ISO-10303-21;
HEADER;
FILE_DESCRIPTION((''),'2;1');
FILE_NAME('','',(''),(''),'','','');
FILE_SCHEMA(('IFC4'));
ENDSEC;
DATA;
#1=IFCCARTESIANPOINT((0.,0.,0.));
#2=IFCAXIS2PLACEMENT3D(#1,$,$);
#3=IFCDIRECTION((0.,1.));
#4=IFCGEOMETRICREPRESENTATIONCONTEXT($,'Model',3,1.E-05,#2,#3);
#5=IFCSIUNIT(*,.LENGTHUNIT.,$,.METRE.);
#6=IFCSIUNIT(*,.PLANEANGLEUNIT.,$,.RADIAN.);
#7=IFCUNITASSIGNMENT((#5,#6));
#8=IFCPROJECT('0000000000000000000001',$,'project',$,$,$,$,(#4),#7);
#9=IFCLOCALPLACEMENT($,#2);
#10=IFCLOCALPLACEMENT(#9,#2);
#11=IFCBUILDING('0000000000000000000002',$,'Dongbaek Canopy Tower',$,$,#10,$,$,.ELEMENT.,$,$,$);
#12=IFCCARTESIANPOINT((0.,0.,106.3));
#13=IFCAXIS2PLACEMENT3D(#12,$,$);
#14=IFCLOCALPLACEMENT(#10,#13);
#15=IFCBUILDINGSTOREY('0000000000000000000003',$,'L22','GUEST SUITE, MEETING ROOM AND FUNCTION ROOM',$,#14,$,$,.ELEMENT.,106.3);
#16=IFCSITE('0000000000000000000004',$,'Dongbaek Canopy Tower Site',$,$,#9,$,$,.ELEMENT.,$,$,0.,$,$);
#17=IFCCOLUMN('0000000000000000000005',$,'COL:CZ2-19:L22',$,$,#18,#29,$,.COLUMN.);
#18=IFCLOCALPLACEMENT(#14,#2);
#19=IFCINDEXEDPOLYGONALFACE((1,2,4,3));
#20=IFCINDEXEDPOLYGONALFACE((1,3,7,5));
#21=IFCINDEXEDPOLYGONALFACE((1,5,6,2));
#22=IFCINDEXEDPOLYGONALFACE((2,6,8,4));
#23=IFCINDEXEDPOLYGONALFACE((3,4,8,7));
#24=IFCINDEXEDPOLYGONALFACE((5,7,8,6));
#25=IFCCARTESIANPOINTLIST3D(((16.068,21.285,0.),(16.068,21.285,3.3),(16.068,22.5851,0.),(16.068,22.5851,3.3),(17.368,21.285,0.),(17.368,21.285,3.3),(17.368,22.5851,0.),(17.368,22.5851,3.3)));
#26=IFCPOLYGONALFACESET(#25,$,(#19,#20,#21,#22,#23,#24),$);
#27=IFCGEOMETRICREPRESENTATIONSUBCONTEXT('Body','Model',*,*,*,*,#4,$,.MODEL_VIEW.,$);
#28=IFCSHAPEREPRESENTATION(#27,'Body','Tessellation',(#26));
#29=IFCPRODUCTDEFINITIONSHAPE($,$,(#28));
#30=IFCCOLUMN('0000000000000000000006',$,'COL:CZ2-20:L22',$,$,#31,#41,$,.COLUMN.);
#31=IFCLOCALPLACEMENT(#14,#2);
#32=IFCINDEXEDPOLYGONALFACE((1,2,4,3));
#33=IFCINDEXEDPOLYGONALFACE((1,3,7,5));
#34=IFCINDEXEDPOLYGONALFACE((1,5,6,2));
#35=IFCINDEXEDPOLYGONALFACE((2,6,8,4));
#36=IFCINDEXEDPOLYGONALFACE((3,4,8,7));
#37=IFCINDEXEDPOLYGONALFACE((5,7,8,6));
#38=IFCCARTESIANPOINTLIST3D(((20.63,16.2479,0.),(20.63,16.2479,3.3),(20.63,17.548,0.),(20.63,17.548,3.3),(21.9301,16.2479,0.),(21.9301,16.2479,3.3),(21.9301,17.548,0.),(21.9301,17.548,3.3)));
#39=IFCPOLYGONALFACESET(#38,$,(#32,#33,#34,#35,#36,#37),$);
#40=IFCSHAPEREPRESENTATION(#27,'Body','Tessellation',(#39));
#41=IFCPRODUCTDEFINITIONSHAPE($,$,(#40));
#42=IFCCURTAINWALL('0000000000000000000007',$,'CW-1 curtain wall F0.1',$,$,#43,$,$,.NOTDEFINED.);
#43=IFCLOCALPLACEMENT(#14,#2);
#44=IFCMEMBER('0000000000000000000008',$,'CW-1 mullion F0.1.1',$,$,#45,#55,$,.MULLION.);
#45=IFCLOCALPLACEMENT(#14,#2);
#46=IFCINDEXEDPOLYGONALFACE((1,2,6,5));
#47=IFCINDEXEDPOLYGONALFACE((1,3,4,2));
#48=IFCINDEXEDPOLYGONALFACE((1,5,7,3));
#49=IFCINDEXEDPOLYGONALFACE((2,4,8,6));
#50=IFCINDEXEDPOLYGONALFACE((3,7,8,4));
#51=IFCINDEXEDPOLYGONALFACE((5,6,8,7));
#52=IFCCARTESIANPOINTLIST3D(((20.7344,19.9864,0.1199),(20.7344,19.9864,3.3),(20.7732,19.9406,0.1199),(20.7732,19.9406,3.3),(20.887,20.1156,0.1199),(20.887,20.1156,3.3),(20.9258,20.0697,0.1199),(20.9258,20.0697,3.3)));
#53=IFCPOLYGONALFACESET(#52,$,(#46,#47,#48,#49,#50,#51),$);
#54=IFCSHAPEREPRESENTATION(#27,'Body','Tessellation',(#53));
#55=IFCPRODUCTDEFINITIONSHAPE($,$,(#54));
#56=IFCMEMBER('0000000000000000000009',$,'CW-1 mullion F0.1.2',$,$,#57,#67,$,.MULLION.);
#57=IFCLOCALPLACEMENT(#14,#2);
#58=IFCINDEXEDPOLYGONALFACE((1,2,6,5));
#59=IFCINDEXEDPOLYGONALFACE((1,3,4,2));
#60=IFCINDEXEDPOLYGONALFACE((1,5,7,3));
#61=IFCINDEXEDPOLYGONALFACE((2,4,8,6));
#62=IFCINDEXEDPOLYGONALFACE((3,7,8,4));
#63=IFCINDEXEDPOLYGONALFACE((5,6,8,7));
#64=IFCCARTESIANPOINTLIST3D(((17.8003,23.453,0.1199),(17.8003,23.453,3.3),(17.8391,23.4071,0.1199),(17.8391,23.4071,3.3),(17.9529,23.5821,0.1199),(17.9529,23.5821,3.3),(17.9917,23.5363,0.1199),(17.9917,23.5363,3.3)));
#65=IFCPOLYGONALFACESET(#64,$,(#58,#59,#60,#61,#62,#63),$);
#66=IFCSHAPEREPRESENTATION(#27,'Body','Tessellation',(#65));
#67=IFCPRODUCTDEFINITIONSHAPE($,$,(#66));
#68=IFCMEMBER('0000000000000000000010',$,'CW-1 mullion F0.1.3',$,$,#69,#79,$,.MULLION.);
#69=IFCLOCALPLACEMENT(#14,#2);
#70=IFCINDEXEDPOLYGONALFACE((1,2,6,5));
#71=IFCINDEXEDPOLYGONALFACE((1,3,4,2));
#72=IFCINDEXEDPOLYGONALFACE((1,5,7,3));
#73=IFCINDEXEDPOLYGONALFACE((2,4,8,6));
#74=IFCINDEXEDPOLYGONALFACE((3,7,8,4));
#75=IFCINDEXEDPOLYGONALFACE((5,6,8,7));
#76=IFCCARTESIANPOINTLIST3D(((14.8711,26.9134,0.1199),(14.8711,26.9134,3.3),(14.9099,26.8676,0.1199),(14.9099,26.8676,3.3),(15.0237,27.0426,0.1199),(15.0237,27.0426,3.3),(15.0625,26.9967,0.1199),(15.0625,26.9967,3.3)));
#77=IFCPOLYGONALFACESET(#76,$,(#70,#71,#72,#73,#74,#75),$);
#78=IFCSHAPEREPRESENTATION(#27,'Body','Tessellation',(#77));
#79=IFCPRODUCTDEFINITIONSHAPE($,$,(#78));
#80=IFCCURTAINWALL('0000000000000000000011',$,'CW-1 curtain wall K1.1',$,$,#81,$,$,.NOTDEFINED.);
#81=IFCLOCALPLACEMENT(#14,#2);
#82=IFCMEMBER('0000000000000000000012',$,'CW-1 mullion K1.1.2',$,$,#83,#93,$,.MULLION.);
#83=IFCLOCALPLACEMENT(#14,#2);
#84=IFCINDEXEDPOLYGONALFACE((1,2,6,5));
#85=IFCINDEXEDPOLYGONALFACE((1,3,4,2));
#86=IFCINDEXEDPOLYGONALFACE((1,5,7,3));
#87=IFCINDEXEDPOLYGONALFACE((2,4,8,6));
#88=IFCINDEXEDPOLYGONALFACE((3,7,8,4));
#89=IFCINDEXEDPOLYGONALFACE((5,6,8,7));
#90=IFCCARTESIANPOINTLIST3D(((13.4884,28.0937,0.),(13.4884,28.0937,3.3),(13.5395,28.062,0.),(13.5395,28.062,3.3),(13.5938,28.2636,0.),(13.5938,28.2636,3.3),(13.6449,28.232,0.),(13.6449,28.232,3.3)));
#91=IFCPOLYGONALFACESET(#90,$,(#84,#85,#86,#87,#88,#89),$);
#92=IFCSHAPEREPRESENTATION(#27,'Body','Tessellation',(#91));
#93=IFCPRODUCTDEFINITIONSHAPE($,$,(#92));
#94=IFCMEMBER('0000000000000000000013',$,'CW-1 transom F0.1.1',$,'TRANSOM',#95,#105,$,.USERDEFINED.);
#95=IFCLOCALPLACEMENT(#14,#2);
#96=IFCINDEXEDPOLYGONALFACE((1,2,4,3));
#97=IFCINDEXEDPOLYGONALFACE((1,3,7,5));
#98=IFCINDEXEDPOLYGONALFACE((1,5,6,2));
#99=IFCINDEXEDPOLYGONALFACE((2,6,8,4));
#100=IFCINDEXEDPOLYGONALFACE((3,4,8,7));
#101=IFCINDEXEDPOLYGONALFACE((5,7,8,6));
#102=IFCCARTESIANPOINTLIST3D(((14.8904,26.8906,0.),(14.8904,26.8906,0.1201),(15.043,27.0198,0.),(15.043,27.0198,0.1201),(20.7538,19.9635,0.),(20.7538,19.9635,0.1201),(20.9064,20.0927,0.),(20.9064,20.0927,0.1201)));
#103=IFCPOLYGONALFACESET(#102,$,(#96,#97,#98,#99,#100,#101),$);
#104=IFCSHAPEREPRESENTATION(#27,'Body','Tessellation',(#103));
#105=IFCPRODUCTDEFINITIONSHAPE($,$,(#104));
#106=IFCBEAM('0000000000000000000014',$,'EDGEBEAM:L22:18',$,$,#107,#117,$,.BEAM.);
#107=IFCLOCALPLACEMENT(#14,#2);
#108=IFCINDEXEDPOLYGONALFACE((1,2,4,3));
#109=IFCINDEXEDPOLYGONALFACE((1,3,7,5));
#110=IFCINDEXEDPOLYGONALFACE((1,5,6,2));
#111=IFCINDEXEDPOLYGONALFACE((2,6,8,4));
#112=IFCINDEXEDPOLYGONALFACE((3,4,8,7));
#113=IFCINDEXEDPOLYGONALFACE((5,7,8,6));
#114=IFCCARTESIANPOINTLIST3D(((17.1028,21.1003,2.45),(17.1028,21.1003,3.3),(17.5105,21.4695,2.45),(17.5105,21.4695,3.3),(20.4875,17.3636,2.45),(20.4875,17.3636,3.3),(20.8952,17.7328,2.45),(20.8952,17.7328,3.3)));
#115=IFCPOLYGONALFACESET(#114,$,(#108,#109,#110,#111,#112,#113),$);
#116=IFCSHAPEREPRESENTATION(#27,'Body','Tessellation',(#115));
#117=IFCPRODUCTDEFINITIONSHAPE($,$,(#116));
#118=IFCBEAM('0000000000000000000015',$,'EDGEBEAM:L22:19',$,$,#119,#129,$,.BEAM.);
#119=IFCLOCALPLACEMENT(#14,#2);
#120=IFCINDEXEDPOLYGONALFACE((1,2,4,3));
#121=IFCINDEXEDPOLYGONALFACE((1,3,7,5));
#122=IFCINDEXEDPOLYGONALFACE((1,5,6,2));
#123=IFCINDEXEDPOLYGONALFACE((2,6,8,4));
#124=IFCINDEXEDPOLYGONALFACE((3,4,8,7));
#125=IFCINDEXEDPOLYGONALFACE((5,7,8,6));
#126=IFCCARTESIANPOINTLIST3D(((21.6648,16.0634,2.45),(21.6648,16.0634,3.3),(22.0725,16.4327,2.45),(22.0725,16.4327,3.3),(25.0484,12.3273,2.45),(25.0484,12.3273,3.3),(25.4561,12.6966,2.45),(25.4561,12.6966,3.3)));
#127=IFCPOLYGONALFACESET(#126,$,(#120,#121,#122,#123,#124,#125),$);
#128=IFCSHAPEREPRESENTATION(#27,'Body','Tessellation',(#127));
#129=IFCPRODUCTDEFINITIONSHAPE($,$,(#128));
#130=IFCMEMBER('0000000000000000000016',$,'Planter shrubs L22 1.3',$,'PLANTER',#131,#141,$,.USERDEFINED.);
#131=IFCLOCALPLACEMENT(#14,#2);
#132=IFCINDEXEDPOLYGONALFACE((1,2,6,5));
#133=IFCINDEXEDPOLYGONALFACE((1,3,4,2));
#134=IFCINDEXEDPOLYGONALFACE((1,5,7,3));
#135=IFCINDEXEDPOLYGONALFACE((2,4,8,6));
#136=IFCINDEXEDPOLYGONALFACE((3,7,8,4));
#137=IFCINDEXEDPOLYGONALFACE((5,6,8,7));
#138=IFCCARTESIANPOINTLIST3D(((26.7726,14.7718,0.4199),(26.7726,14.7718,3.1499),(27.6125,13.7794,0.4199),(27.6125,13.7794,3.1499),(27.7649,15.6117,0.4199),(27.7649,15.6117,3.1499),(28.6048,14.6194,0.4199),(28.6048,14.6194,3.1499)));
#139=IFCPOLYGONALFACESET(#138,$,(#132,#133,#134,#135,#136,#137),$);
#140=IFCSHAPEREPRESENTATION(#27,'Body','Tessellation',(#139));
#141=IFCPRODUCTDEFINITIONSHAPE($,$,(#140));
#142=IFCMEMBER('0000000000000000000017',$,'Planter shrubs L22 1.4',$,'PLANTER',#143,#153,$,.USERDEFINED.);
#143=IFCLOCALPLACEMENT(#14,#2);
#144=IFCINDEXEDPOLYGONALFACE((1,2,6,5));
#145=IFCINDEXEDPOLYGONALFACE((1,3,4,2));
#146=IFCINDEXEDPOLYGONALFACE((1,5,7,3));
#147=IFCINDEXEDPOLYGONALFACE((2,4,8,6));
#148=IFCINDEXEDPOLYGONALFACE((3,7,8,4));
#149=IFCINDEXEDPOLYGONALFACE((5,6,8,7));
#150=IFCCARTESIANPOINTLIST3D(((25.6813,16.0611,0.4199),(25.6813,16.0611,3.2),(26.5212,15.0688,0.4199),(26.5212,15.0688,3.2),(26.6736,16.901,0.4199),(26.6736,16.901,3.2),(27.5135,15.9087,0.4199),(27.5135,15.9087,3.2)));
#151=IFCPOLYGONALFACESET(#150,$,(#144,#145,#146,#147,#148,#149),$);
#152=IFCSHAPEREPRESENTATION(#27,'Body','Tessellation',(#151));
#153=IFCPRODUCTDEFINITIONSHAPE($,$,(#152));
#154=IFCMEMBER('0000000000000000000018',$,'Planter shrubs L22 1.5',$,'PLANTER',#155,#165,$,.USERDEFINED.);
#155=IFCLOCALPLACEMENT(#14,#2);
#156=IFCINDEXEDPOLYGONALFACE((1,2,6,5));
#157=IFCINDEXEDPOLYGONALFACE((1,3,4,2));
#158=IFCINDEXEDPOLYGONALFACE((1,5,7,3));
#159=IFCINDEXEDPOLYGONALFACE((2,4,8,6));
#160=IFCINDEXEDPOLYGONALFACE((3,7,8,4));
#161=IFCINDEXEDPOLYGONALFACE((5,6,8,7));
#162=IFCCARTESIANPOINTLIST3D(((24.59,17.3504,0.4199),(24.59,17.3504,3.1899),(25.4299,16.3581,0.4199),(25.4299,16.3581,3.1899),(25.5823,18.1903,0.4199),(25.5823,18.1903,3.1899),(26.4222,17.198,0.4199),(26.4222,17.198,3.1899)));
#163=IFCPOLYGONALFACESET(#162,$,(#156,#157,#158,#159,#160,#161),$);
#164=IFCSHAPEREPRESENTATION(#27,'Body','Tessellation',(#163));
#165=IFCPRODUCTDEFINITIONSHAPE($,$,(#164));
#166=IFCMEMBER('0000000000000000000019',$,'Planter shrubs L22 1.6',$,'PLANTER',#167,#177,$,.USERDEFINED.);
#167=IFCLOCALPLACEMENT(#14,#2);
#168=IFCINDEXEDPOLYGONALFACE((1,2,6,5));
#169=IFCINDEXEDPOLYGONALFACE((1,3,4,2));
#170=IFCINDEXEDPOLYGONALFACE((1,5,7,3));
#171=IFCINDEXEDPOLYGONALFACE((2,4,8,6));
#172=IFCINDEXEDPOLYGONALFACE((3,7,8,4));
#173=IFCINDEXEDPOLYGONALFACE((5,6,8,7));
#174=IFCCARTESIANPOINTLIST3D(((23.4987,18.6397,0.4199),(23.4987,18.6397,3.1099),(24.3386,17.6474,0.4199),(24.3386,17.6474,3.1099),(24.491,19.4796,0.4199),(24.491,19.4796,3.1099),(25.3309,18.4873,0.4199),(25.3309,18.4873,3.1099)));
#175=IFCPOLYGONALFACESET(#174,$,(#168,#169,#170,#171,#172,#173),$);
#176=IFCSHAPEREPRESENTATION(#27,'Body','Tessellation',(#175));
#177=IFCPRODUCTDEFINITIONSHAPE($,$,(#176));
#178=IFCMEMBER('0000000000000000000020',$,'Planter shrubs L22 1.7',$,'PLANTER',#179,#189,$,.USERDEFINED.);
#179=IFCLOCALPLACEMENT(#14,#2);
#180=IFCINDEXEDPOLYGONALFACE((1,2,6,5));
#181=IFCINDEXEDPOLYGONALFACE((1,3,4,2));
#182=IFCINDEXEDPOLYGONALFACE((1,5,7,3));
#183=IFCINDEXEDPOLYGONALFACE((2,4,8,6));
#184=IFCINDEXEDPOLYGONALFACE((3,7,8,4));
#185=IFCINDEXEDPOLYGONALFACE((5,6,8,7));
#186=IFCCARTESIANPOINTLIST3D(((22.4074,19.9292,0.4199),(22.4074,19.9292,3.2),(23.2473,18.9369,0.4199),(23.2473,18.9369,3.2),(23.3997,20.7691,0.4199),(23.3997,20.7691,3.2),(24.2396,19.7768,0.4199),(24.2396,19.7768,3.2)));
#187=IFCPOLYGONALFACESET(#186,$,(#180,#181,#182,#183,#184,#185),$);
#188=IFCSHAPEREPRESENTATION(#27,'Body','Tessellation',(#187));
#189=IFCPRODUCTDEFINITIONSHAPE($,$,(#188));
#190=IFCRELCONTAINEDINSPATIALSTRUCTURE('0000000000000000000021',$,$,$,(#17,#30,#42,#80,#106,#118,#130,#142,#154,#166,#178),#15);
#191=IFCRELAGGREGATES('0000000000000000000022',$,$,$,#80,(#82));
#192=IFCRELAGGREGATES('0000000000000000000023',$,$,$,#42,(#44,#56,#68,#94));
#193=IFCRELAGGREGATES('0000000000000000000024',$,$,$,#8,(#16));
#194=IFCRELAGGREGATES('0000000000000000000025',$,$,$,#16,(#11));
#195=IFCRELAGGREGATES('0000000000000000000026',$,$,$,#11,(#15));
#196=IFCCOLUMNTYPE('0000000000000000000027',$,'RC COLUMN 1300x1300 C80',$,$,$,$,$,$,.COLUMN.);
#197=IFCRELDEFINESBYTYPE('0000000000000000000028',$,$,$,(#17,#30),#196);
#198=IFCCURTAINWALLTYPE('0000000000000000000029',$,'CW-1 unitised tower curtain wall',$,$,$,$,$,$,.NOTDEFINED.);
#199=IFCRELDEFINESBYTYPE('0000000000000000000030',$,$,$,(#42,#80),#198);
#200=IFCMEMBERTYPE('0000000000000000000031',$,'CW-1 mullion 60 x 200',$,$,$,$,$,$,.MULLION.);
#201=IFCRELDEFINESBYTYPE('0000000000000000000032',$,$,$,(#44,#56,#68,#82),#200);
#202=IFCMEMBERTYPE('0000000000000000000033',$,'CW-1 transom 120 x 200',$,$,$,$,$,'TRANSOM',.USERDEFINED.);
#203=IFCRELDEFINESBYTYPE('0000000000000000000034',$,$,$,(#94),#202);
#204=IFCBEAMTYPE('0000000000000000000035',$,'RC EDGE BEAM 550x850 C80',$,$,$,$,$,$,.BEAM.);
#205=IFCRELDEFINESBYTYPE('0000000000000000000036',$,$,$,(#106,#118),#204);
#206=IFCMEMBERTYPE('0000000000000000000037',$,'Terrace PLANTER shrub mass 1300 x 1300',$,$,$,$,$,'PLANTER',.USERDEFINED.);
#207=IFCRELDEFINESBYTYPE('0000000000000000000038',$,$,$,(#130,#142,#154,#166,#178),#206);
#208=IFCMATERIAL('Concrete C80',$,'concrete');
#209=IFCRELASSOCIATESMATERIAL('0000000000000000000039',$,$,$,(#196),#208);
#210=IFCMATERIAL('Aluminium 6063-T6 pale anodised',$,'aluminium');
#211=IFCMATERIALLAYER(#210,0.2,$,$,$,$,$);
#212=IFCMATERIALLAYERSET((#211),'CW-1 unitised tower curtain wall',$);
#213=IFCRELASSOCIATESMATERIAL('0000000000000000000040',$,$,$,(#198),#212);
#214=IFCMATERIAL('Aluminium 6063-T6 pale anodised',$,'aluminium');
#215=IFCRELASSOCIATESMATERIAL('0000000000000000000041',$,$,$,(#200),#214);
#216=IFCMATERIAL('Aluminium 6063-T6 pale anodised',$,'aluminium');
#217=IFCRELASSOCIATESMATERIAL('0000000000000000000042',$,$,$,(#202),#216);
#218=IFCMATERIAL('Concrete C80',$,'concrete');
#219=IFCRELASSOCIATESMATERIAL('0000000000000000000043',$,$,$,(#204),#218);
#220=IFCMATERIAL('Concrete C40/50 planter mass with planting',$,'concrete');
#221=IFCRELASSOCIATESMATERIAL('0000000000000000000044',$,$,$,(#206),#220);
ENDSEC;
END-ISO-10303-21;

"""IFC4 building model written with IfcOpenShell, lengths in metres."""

from ifc_helpers import new_model, si_unit, direction, frame, origin, origin_2d, place, context, subcontext, project, spatial, rectangle, extrude, material, layer, layer_set, material_profile, profile_set, type_object, element, aggregate, save


model = new_model("IFC4")

# Units and contexts
model_context = context("Model", 3, precision=1e-05, world=origin(), true_north=direction((0.0, 1.0)))
body_context = subcontext(model_context, "Body", "Model", "MODEL_VIEW")
ifc_project = project(units=[si_unit("LENGTHUNIT", "METRE"), si_unit("PLANEANGLEUNIT", "RADIAN")], contexts=[model_context])

# Site, building, storey
site_placement = place(None, origin())
site = spatial("IfcSite", under=ifc_project, at=site_placement, Name="Dongbaek Canopy Tower Site", CompositionType="ELEMENT", RefElevation=0.0)
building_placement = place(site_placement, origin())
building = spatial("IfcBuilding", under=site, at=building_placement, Name="Dongbaek Canopy Tower", CompositionType="ELEMENT")
storey_placement = place(building_placement, frame((0.0, 0.0, 106.3)))
storey = spatial("IfcBuildingStorey", under=building, at=storey_placement, Name="L22", Description="GUEST SUITE, MEETING ROOM AND FUNCTION ROOM", CompositionType="ELEMENT", Elevation=106.3)

# Columns
ifc_material_1 = material(Name="Concrete C80", Category="concrete")
ifc_material_profile_1 = material_profile(ifc_material_1, rectangle(XDim=1.3, YDim=1.3, at=origin_2d()), Name="RC COLUMN 1300x1300 C80")
ifc_profile_set_1 = profile_set([ifc_material_profile_1], Name="Concrete C80")
column_type = type_object("IfcColumnType", Name="RC COLUMN 1300x1300 C80", PredefinedType="COLUMN", material=ifc_profile_set_1)
for number, where, z_axis, x_axis, name in (
    (1, (16.718, 21.9351, 0.0), (0.0, 0.0, 1.0), (1.0, 0.0, 0.0), "COL:CZ2-19:L22"),
    (2, (21.28, 16.8979, 0.0), (0.0, 0.0, 1.0), (1.0, 0.0, 0.0), "COL:CZ2-20:L22"),
):
    element("IfcColumn", number, at=place(storey_placement, frame(where, z_axis=z_axis, x_axis=x_axis)), inside=storey, type_object=column_type, Name=name, PredefinedType="COLUMN", context=body_context, shape_type="SweptSolid", body=[
        extrude(rectangle(XDim=1.3, YDim=1.3, at=origin_2d()), origin(), (0.0, 0.0, 1.0), 3.3),
    ])

# Curtain wall, members
ifc_material_2 = material(Name="Aluminium 6063-T6 pale anodised", Category="aluminium")
ifc_layer_1 = layer(ifc_material_2, 0.2)
ifc_layer_set_1 = layer_set([ifc_layer_1], Name="CW-1 unitised tower curtain wall")
curtain_wall_type = type_object("IfcCurtainWallType", Name="CW-1 unitised tower curtain wall", PredefinedType="NOTDEFINED", material=ifc_layer_set_1)
curtain_wall_1_placement = place(storey_placement, origin())
curtain_wall_1 = element("IfcCurtainWall", 3, at=curtain_wall_1_placement, inside=storey, type_object=curtain_wall_type, Name="CW-1 curtain wall F0.1", PredefinedType="NOTDEFINED")
ifc_material_3 = material(Name="Aluminium 6063-T6 pale anodised", Category="aluminium")
ifc_material_profile_2 = material_profile(ifc_material_3, rectangle(XDim=0.2, YDim=0.0601, at=origin_2d()), Name="CW-1 mullion 60 x 200")
ifc_profile_set_2 = profile_set([ifc_material_profile_2], Name="Aluminium 6063-T6 pale anodised")
member_type_1 = type_object("IfcMemberType", Name="CW-1 mullion 60 x 200", PredefinedType="MULLION", material=ifc_profile_set_2)
member_1_placement = place(storey_placement, frame((20.8301, 20.0281, 0.1199), z_axis=(0.0, 0.0, 1.0), x_axis=(0.76329, 0.646056, 0.0)))
member_1 = element("IfcMember", 4, at=member_1_placement, type_object=member_type_1, Name="CW-1 mullion F0.1.1", PredefinedType="MULLION", context=body_context, shape_type="SweptSolid", body=[
    extrude(rectangle(XDim=0.2, YDim=0.0601, at=origin_2d()), origin(), (0.0, 0.0, 1.0), 3.1802),
])
member_2_placement = place(storey_placement, frame((17.896, 23.4946, 0.1199), z_axis=(0.0, 0.0, 1.0), x_axis=(0.76329, 0.646056, 0.0)))
member_2 = element("IfcMember", 5, at=member_2_placement, type_object=member_type_1, Name="CW-1 mullion F0.1.2", PredefinedType="MULLION", context=body_context, shape_type="SweptSolid", body=[
    extrude(rectangle(XDim=0.2, YDim=0.0601, at=origin_2d()), origin(), (0.0, 0.0, 1.0), 3.1802),
])
member_3_placement = place(storey_placement, frame((14.9668, 26.9551, 0.1199), z_axis=(0.0, 0.0, 1.0), x_axis=(0.76329, 0.646056, 0.0)))
member_3 = element("IfcMember", 6, at=member_3_placement, type_object=member_type_1, Name="CW-1 mullion F0.1.3", PredefinedType="MULLION", context=body_context, shape_type="SweptSolid", body=[
    extrude(rectangle(XDim=0.2, YDim=0.0601, at=origin_2d()), origin(), (0.0, 0.0, 1.0), 3.1802),
])

# Curtain wall, member
curtain_wall_2_placement = place(storey_placement, origin())
curtain_wall_2 = element("IfcCurtainWall", 7, at=curtain_wall_2_placement, inside=storey, type_object=curtain_wall_type, Name="CW-1 curtain wall K1.1", PredefinedType="NOTDEFINED")
member_4_placement = place(storey_placement, frame((13.5667, 28.1628, 0.0), z_axis=(0.0, 0.0, 1.0), x_axis=(0.526936, 0.849905, 0.0)))
member_4 = element("IfcMember", 8, at=member_4_placement, type_object=member_type_1, Name="CW-1 mullion K1.1.2", PredefinedType="MULLION", context=body_context, shape_type="SweptSolid", body=[
    extrude(rectangle(XDim=0.2, YDim=0.0601, at=origin_2d()), origin(), (0.0, 0.0, 1.0), 3.3),
])

# Member
ifc_material_4 = material(Name="Aluminium 6063-T6 pale anodised", Category="aluminium")
ifc_material_profile_3 = material_profile(ifc_material_4, rectangle(XDim=0.2, YDim=0.1201, at=origin_2d()), Name="CW-1 transom 120 x 200")
ifc_profile_set_3 = profile_set([ifc_material_profile_3], Name="Aluminium 6063-T6 pale anodised")
member_type_2 = type_object("IfcMemberType", Name="CW-1 transom 120 x 200", ElementType="TRANSOM", PredefinedType="USERDEFINED", material=ifc_profile_set_3)
member_5_placement = place(storey_placement, frame((20.8301, 20.0281, 0.0601), z_axis=(-0.646069, 0.763279, 0.0), x_axis=(-0.763279, -0.646069, 0.0)))
member_5 = element("IfcMember", 9, at=member_5_placement, type_object=member_type_2, Name="CW-1 transom F0.1.1", ObjectType="TRANSOM", PredefinedType="USERDEFINED", context=body_context, shape_type="SweptSolid", body=[
    extrude(rectangle(XDim=0.2, YDim=0.1201, at=origin_2d()), origin(), (0.0, 0.0, 1.0), 9.0754),
])

# Beams
ifc_material_5 = material(Name="Concrete C80", Category="concrete")
ifc_material_profile_4 = material_profile(ifc_material_5, rectangle(XDim=0.55, YDim=0.8501, at=origin_2d()), Name="RC EDGE BEAM 550x850 C80")
ifc_profile_set_4 = profile_set([ifc_material_profile_4], Name="Concrete C80")
beam_type = type_object("IfcBeamType", Name="RC EDGE BEAM 550x850 C80", PredefinedType="BEAM", material=ifc_profile_set_4)
beam_1_placement = place(storey_placement, frame((17.3066, 21.2849, 2.875), z_axis=(0.671332, -0.741157, 0.0), x_axis=(0.741157, 0.671332, 0.0)))
element("IfcBeam", 10, at=beam_1_placement, inside=storey, type_object=beam_type, Name="EDGEBEAM:L22:18", PredefinedType="BEAM", context=body_context, shape_type="SweptSolid", body=[
    extrude(rectangle(XDim=0.55, YDim=0.8501, at=origin_2d()), origin(), (0.0, 0.0, 1.0), 5.0417),
])
beam_2_placement = place(storey_placement, frame((21.8687, 16.248, 2.875), z_axis=(0.671271, -0.741212, 0.0), x_axis=(0.741212, 0.671271, 0.0)))
element("IfcBeam", 11, at=beam_2_placement, inside=storey, type_object=beam_type, Name="EDGEBEAM:L22:19", PredefinedType="BEAM", context=body_context, shape_type="SweptSolid", body=[
    extrude(rectangle(XDim=0.55, YDim=0.8501, at=origin_2d()), origin(), (0.0, 0.0, 1.0), 5.0405),
])

# Members
ifc_material_6 = material(Name="Concrete C40/50 planter mass with planting", Category="concrete")
ifc_material_profile_5 = material_profile(ifc_material_6, rectangle(XDim=1.3, YDim=1.3, at=origin_2d()), Name="Terrace PLANTER shrub mass 1300 x 1300")
ifc_profile_set_5 = profile_set([ifc_material_profile_5], Name="Concrete C40/50 planter mass with planting")
member_type_3 = type_object("IfcMemberType", Name="Terrace PLANTER shrub mass 1300 x 1300", ElementType="PLANTER", PredefinedType="USERDEFINED", material=ifc_profile_set_5)
member_6_placement = place(storey_placement, frame((27.6887, 14.6956, 0.4199), z_axis=(0.0, 0.0, 1.0), x_axis=(0.76329, 0.646056, 0.0)))
element("IfcMember", 12, at=member_6_placement, inside=storey, type_object=member_type_3, Name="Planter shrubs L22 1.3", ObjectType="PLANTER", PredefinedType="USERDEFINED", context=body_context, shape_type="SweptSolid", body=[
    extrude(rectangle(XDim=1.3, YDim=1.3, at=origin_2d()), origin(), (0.0, 0.0, 1.0), 2.73),
])
member_7_placement = place(storey_placement, frame((26.5974, 15.9849, 0.4199), z_axis=(0.0, 0.0, 1.0), x_axis=(0.76329, 0.646056, 0.0)))
element("IfcMember", 13, at=member_7_placement, inside=storey, type_object=member_type_3, Name="Planter shrubs L22 1.4", ObjectType="PLANTER", PredefinedType="USERDEFINED", context=body_context, shape_type="SweptSolid", body=[
    extrude(rectangle(XDim=1.3, YDim=1.3, at=origin_2d()), origin(), (0.0, 0.0, 1.0), 2.78),
])
member_8_placement = place(storey_placement, frame((25.5061, 17.2742, 0.4199), z_axis=(0.0, 0.0, 1.0), x_axis=(0.76329, 0.646056, 0.0)))
element("IfcMember", 14, at=member_8_placement, inside=storey, type_object=member_type_3, Name="Planter shrubs L22 1.5", ObjectType="PLANTER", PredefinedType="USERDEFINED", context=body_context, shape_type="SweptSolid", body=[
    extrude(rectangle(XDim=1.3, YDim=1.3, at=origin_2d()), origin(), (0.0, 0.0, 1.0), 2.77),
])
member_9_placement = place(storey_placement, frame((24.4148, 18.5635, 0.4199), z_axis=(0.0, 0.0, 1.0), x_axis=(0.76329, 0.646056, 0.0)))
element("IfcMember", 15, at=member_9_placement, inside=storey, type_object=member_type_3, Name="Planter shrubs L22 1.6", ObjectType="PLANTER", PredefinedType="USERDEFINED", context=body_context, shape_type="SweptSolid", body=[
    extrude(rectangle(XDim=1.3, YDim=1.3, at=origin_2d()), origin(), (0.0, 0.0, 1.0), 2.6899),
])
member_10_placement = place(storey_placement, frame((23.3235, 19.853, 0.4199), z_axis=(0.0, 0.0, 1.0), x_axis=(0.76329, 0.646056, 0.0)))
element("IfcMember", 16, at=member_10_placement, inside=storey, type_object=member_type_3, Name="Planter shrubs L22 1.7", ObjectType="PLANTER", PredefinedType="USERDEFINED", context=body_context, shape_type="SweptSolid", body=[
    extrude(rectangle(XDim=1.3, YDim=1.3, at=origin_2d()), origin(), (0.0, 0.0, 1.0), 2.78),
])

aggregate(curtain_wall_2, [member_4])
aggregate(curtain_wall_1, [member_1, member_2, member_3, member_5])

save(model, "model.ifc")
